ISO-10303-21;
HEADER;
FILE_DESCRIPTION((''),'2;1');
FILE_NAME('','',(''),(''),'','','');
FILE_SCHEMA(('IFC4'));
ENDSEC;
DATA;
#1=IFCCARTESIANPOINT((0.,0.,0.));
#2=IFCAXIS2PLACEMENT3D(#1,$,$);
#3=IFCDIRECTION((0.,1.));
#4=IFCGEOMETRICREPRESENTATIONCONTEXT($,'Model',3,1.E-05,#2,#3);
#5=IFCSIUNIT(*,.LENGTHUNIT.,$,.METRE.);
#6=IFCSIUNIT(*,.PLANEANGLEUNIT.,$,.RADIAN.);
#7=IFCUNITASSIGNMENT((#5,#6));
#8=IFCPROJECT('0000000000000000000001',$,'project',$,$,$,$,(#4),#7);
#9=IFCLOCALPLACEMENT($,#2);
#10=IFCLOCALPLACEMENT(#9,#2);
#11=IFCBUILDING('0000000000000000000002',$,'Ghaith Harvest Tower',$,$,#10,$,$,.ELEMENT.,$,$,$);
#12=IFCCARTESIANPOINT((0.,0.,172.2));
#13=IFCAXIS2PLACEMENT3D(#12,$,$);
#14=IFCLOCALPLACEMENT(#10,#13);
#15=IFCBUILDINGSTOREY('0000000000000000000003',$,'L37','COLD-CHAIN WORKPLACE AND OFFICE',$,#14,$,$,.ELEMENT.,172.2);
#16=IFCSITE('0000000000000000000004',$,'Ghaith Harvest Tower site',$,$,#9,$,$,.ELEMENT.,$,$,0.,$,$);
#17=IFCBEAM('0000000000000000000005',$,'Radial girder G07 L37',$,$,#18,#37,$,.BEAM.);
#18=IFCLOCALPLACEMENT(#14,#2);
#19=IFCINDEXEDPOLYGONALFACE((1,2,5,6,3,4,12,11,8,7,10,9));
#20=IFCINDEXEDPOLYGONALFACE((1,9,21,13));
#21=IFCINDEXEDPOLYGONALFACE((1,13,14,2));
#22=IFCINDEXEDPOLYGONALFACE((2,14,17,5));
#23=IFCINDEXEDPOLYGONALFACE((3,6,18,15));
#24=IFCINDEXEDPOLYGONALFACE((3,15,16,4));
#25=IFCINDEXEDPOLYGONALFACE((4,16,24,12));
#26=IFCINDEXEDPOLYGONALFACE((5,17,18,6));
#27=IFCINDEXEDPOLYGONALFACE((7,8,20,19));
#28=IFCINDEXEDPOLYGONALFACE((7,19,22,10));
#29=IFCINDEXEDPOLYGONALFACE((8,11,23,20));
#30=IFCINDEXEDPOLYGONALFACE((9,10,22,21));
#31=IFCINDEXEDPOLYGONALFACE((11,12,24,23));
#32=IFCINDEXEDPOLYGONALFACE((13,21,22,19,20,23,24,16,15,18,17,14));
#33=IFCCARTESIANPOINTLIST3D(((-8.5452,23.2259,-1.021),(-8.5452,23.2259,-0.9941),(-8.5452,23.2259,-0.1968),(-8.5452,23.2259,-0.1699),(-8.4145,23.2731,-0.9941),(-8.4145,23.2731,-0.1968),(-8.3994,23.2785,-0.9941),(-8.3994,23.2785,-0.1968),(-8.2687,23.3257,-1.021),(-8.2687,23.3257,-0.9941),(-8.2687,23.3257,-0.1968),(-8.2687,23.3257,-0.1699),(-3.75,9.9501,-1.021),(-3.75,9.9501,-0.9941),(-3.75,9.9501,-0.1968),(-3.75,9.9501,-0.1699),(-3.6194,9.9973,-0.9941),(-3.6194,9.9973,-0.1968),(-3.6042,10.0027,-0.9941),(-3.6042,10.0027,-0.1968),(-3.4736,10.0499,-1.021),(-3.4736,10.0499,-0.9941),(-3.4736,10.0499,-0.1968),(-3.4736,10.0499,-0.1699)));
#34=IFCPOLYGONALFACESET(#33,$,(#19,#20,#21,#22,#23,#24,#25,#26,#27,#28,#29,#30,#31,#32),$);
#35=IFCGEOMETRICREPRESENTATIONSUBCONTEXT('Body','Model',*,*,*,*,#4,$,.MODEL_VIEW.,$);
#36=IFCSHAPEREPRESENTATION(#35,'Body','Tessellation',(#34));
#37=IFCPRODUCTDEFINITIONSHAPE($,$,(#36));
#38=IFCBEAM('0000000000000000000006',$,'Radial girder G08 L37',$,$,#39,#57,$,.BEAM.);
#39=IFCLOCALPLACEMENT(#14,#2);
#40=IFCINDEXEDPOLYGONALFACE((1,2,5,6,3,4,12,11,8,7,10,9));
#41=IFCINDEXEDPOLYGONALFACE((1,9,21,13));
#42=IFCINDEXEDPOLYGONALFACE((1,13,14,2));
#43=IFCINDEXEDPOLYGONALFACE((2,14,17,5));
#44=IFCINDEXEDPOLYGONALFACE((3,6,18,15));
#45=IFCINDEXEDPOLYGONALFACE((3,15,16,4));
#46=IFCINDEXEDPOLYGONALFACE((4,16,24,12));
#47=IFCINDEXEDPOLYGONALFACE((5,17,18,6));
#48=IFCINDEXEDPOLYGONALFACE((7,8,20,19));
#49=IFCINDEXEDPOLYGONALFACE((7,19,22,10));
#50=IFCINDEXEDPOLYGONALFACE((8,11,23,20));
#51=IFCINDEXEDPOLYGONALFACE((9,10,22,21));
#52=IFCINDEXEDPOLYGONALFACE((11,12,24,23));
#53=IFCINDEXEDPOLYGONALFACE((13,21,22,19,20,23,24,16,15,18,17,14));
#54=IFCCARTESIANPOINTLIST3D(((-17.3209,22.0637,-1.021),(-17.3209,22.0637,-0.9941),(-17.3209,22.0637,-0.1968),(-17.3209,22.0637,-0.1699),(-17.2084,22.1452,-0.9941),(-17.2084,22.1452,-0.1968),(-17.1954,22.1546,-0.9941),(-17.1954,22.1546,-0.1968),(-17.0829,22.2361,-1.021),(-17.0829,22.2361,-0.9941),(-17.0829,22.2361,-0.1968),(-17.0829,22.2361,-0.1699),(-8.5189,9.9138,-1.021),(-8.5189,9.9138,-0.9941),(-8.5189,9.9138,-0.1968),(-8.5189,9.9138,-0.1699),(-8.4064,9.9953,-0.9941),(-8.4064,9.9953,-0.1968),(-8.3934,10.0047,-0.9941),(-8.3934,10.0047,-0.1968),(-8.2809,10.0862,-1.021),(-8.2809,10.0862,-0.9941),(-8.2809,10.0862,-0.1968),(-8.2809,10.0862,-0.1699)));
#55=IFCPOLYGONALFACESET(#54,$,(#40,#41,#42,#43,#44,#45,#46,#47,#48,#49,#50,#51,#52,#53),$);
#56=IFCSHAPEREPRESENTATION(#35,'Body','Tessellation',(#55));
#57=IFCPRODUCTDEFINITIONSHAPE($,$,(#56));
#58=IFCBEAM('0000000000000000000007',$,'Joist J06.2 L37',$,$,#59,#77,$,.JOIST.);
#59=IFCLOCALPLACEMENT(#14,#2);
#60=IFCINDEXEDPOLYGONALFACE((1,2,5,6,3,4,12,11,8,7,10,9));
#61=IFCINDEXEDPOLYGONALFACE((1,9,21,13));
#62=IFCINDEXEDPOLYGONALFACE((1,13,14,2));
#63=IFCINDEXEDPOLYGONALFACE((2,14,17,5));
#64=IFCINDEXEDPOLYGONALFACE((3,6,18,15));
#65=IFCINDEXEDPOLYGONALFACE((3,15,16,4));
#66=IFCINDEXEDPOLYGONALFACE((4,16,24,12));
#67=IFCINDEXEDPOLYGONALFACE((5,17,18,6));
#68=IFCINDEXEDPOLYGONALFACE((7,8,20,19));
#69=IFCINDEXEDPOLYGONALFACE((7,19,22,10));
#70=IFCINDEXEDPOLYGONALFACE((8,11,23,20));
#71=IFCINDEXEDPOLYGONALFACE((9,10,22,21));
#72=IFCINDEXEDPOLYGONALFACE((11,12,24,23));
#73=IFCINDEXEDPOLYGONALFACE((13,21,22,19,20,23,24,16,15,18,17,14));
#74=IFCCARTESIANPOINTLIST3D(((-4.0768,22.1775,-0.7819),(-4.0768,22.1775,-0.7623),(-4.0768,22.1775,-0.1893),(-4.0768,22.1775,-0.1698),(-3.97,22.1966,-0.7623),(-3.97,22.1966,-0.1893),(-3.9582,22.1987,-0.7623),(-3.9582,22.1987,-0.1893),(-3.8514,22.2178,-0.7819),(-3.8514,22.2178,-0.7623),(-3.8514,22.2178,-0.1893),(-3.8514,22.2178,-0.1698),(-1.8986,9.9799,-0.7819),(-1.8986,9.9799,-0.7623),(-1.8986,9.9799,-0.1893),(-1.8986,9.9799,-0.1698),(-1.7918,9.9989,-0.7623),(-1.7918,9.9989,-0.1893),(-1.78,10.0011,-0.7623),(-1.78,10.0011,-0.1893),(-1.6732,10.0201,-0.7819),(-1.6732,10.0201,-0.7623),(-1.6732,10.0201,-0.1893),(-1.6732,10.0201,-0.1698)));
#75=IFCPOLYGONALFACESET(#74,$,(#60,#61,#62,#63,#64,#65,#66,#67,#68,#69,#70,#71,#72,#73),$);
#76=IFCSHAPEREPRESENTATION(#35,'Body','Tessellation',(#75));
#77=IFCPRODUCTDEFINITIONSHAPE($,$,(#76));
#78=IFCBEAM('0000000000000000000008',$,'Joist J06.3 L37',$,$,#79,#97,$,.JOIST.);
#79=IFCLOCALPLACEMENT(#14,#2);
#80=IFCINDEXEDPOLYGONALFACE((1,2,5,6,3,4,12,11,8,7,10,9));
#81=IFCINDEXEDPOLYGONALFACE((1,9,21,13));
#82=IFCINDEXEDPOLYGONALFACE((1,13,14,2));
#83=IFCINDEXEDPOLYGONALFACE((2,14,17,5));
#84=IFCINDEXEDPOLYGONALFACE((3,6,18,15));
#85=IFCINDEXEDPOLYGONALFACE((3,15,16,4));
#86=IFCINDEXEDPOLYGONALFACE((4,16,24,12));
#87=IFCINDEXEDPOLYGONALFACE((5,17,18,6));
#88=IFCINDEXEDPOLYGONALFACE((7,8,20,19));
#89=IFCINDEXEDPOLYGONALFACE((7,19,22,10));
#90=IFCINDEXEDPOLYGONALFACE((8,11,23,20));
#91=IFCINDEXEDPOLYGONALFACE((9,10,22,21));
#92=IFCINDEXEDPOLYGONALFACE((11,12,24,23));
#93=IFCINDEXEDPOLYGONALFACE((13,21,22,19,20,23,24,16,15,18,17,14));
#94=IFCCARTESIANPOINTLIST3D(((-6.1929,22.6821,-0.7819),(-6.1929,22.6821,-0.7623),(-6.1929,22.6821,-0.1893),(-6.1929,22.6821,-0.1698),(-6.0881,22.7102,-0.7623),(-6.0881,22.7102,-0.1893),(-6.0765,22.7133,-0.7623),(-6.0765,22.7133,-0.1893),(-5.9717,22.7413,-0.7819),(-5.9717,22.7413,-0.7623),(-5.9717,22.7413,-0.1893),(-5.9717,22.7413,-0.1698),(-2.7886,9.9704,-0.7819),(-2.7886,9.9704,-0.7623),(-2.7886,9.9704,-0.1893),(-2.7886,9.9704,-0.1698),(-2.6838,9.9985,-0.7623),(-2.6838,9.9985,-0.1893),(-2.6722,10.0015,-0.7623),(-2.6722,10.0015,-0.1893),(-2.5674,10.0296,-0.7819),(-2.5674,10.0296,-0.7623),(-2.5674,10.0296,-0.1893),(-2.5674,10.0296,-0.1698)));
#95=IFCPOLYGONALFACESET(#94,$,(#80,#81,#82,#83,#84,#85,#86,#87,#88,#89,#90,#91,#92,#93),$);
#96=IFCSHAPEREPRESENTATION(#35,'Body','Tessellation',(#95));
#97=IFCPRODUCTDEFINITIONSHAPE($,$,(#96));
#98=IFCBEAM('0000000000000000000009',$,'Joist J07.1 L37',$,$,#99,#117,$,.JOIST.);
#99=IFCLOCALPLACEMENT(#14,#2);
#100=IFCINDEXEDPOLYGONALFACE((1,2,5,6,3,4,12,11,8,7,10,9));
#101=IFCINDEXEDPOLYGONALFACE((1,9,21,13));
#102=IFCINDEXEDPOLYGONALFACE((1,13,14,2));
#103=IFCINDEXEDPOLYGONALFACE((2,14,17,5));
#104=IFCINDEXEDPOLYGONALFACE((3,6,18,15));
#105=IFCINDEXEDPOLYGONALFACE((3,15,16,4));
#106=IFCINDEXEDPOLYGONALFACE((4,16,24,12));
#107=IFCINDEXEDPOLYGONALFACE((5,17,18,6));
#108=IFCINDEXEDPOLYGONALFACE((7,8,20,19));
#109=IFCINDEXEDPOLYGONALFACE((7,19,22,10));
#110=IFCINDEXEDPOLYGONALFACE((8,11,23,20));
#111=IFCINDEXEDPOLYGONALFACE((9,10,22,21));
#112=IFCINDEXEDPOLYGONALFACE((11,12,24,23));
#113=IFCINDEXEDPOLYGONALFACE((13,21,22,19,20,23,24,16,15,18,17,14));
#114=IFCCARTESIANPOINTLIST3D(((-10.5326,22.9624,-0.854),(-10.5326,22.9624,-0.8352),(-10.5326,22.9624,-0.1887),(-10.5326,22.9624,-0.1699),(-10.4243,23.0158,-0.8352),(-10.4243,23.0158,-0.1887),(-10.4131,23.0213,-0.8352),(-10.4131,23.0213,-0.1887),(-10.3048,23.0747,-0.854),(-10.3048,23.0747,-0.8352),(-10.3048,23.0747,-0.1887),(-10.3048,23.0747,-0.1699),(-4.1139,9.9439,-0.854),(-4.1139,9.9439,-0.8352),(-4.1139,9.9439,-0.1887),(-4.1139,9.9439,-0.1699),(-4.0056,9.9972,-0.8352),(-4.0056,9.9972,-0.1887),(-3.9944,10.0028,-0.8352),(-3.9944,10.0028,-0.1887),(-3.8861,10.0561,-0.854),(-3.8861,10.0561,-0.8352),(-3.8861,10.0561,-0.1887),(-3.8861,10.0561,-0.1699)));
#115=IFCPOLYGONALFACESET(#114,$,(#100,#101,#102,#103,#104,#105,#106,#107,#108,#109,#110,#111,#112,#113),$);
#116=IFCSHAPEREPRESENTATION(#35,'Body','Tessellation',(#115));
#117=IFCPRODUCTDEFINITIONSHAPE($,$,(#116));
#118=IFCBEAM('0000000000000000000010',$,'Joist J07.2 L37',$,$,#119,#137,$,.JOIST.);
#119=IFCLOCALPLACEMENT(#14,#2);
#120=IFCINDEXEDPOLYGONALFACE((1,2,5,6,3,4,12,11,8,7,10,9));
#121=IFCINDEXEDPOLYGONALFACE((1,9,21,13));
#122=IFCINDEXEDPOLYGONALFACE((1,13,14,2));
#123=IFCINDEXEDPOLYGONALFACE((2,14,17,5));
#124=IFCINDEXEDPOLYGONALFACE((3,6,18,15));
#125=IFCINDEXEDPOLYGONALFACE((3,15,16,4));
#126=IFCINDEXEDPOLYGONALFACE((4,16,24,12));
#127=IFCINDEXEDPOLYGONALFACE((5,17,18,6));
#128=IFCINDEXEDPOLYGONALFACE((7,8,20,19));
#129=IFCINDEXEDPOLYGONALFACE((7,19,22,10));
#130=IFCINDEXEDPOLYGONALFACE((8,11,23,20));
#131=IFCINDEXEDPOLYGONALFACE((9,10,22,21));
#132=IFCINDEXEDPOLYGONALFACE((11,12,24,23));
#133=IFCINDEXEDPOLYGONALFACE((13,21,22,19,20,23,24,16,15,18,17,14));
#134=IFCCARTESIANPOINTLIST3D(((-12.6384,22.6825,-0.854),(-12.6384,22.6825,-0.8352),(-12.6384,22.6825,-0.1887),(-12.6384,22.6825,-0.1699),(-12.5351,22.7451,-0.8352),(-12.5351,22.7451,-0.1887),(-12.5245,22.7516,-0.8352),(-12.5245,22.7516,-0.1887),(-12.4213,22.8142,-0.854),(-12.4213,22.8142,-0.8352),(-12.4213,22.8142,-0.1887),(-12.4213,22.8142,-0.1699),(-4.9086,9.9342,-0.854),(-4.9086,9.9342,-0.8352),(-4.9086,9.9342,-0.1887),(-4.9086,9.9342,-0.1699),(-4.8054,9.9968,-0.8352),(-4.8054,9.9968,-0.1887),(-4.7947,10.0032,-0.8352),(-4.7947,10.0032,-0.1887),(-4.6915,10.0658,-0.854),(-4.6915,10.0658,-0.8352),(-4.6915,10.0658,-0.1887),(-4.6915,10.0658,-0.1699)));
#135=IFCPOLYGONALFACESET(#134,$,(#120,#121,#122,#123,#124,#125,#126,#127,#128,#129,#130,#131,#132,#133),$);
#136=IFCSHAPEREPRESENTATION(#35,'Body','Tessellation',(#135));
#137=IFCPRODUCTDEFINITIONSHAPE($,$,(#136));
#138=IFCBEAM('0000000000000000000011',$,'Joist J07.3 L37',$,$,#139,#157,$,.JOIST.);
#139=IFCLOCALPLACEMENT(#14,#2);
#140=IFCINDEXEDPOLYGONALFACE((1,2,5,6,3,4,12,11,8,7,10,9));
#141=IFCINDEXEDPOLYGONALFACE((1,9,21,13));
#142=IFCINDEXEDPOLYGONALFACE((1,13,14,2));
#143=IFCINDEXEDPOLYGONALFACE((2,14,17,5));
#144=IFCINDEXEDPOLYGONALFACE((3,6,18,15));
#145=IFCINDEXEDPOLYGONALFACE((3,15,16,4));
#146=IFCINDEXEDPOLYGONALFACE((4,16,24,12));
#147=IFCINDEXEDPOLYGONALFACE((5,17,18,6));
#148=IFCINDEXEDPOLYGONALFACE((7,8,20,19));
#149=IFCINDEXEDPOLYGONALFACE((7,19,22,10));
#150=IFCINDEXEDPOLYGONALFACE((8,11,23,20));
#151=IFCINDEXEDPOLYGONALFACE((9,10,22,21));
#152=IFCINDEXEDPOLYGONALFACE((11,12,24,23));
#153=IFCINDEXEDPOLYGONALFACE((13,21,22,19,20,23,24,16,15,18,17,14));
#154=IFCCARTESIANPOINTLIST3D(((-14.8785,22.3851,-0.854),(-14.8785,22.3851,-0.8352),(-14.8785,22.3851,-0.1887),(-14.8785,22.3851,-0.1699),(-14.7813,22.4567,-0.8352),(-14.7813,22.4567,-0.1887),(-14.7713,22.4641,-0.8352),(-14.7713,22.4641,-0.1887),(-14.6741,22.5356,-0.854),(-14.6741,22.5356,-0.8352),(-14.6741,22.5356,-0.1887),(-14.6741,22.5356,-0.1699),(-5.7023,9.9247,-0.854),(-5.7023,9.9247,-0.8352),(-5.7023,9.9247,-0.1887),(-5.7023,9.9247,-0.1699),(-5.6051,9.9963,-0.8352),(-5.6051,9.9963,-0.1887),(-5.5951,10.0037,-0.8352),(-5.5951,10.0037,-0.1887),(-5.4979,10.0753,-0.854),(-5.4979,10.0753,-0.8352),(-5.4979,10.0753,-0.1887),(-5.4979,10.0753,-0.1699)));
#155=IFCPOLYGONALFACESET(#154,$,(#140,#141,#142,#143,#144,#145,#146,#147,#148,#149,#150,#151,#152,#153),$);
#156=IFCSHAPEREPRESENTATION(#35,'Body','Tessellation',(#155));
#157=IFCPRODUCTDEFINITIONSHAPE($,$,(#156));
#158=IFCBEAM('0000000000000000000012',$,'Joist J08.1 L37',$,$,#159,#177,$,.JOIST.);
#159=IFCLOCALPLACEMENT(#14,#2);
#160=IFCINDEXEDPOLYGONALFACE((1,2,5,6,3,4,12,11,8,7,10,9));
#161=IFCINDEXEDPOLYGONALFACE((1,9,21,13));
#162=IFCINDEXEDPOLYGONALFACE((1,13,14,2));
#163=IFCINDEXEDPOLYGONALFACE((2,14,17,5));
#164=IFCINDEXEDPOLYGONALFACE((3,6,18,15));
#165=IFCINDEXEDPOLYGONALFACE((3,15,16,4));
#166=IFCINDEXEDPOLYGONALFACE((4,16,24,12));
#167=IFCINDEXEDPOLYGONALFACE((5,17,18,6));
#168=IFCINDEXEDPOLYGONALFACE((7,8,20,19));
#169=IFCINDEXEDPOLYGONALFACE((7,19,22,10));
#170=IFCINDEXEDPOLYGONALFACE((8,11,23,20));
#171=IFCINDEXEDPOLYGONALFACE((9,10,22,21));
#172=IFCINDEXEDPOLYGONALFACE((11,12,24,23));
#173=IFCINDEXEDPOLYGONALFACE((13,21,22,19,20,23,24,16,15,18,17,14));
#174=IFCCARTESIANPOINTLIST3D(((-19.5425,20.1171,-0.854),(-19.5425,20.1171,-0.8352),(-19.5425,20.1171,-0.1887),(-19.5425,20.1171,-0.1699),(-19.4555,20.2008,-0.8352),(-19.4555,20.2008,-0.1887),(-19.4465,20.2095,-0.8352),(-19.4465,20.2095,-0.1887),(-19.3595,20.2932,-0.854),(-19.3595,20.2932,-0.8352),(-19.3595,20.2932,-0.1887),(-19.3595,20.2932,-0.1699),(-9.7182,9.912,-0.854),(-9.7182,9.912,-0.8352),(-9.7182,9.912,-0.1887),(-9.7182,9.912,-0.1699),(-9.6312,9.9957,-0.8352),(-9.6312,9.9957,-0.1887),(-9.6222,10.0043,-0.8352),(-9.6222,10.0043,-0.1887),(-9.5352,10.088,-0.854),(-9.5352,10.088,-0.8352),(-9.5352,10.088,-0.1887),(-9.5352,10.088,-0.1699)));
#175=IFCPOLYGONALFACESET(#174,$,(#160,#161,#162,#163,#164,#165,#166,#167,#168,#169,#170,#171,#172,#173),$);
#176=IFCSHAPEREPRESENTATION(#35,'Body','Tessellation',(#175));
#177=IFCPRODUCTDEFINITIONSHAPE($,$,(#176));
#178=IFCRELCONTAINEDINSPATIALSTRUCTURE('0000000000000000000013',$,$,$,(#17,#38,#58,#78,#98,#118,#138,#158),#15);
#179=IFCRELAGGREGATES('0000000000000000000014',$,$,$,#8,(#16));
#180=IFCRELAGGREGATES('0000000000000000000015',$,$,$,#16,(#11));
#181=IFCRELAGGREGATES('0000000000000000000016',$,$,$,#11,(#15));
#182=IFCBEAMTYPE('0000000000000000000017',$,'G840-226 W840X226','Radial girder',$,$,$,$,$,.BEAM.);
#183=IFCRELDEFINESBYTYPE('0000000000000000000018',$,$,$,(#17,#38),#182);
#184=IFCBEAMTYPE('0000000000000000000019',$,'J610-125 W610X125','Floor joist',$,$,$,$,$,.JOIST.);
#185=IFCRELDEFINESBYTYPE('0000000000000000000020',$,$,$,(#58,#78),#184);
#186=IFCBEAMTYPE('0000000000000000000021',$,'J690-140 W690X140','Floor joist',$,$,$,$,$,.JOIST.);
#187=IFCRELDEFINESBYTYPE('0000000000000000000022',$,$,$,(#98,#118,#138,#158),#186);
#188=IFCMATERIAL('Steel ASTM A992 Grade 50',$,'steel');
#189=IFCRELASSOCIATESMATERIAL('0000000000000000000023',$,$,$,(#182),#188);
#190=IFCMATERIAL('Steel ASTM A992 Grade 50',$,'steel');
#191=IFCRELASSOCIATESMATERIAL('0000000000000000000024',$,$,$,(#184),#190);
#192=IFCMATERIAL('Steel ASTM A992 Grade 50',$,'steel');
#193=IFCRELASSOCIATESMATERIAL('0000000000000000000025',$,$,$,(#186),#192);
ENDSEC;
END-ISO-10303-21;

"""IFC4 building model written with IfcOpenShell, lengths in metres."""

from ifc_helpers import new_model, si_unit, direction, frame, origin, origin_2d, place, context, subcontext, project, spatial, i_section, extrude, material, material_profile, profile_set, type_object, element, save


model = new_model("IFC4")

# Units and contexts
model_context = context("Model", 3, precision=1e-05, world=origin(), true_north=direction((0.0, 1.0)))
body_context = subcontext(model_context, "Body", "Model", "MODEL_VIEW")
ifc_project = project(units=[si_unit("LENGTHUNIT", "METRE"), si_unit("PLANEANGLEUNIT", "RADIAN")], contexts=[model_context])

# Site, building, storey
site_placement = place(None, origin())
site = spatial("IfcSite", under=ifc_project, at=site_placement, Name="Ghaith Harvest Tower site", CompositionType="ELEMENT", RefElevation=0.0)
building_placement = place(site_placement, origin())
building = spatial("IfcBuilding", under=site, at=building_placement, Name="Ghaith Harvest Tower", CompositionType="ELEMENT")
storey_placement = place(building_placement, frame((0.0, 0.0, 172.2)))
storey = spatial("IfcBuildingStorey", under=building, at=storey_placement, Name="L37", Description="COLD-CHAIN WORKPLACE AND OFFICE", CompositionType="ELEMENT", Elevation=172.2)

# Beams
ifc_material_1 = material(Name="Steel ASTM A992 Grade 50", Category="steel")
ifc_material_profile_1 = material_profile(ifc_material_1, i_section(OverallWidth=0.2939, OverallDepth=0.8511, WebThickness=0.0161, FlangeThickness=0.0269, at=origin_2d()), Name="W840X226")
ifc_profile_set_1 = profile_set([ifc_material_profile_1], Name="Steel ASTM A992 Grade 50")
beam_type_1 = type_object("IfcBeamType", Name="G840-226 W840X226", Description="Radial girder", PredefinedType="BEAM", material=ifc_profile_set_1)
beam_1_placement = place(storey_placement, frame((-3.6118, 10.0, -0.5955), z_axis=(-0.339713, 0.940529, 0.0), x_axis=(-0.940529, -0.339713, 0.0)))
element("IfcBeam", 1, at=beam_1_placement, inside=storey, type_object=beam_type_1, Name="Radial girder G07 L37", PredefinedType="BEAM", context=body_context, shape_type="SweptSolid", body=[
    extrude(i_section(OverallWidth=0.2939, OverallDepth=0.8511, WebThickness=0.0161, FlangeThickness=0.0269, at=origin_2d()), origin(), (0.0, 0.0, 1.0), 14.1152),
])
beam_2_placement = place(storey_placement, frame((-8.3999, 10.0, -0.5955), z_axis=(-0.586676, 0.809822, 0.0), x_axis=(-0.809822, -0.586676, 0.0)))
element("IfcBeam", 2, at=beam_2_placement, inside=storey, type_object=beam_type_1, Name="Radial girder G08 L37", PredefinedType="BEAM", context=body_context, shape_type="SweptSolid", body=[
    extrude(i_section(OverallWidth=0.2939, OverallDepth=0.8511, WebThickness=0.0161, FlangeThickness=0.0269, at=origin_2d()), origin(), (0.0, 0.0, 1.0), 15.0032),
])
ifc_material_2 = material(Name="Steel ASTM A992 Grade 50", Category="steel")
ifc_material_profile_2 = material_profile(ifc_material_2, i_section(OverallWidth=0.229, OverallDepth=0.6121, WebThickness=0.012, FlangeThickness=0.0195, at=origin_2d()), Name="W610X125")
ifc_profile_set_2 = profile_set([ifc_material_profile_2], Name="Steel ASTM A992 Grade 50")
beam_type_2 = type_object("IfcBeamType", Name="J610-125 W610X125", Description="Floor joist", PredefinedType="JOIST", material=ifc_profile_set_2)
beam_3_placement = place(storey_placement, frame((-1.7859, 10.0, -0.4758), z_axis=(-0.175795, 0.984427, 0.0), x_axis=(-0.984427, -0.175795, 0.0)))
element("IfcBeam", 3, at=beam_3_placement, inside=storey, type_object=beam_type_2, Name="Joist J06.2 L37", PredefinedType="JOIST", context=body_context, shape_type="SweptSolid", body=[
    extrude(i_section(OverallWidth=0.229, OverallDepth=0.6121, WebThickness=0.012, FlangeThickness=0.0195, at=origin_2d()), origin(), (0.0, 0.0, 1.0), 12.3906),
])
beam_4_placement = place(storey_placement, frame((-2.678, 10.0, -0.4758), z_axis=(-0.258693, 0.96596, 0.0), x_axis=(-0.96596, -0.258693, 0.0)))
element("IfcBeam", 4, at=beam_4_placement, inside=storey, type_object=beam_type_2, Name="Joist J06.3 L37", PredefinedType="JOIST", context=body_context, shape_type="SweptSolid", body=[
    extrude(i_section(OverallWidth=0.229, OverallDepth=0.6121, WebThickness=0.012, FlangeThickness=0.0195, at=origin_2d()), origin(), (0.0, 0.0, 1.0), 13.1597),
])
ifc_material_3 = material(Name="Steel ASTM A992 Grade 50", Category="steel")
ifc_material_profile_3 = material_profile(ifc_material_3, i_section(OverallWidth=0.2539, OverallDepth=0.6841, WebThickness=0.0125, FlangeThickness=0.0188, at=origin_2d()), Name="W690X140")
ifc_profile_set_3 = profile_set([ifc_material_profile_3], Name="Steel ASTM A992 Grade 50")
beam_type_3 = type_object("IfcBeamType", Name="J690-140 W690X140", Description="Floor joist", PredefinedType="JOIST", material=ifc_profile_set_3)
beam_5_placement = place(storey_placement, frame((-4.0, 10.0, -0.512), z_axis=(-0.442214, 0.896909, 0.0), x_axis=(-0.896909, -0.442214, 0.0)))
element("IfcBeam", 5, at=beam_5_placement, inside=storey, type_object=beam_type_3, Name="Joist J07.1 L37", PredefinedType="JOIST", context=body_context, shape_type="SweptSolid", body=[
    extrude(i_section(OverallWidth=0.2539, OverallDepth=0.6841, WebThickness=0.0125, FlangeThickness=0.0188, at=origin_2d()), origin(), (0.0, 0.0, 1.0), 14.5149),
])
beam_6_placement = place(storey_placement, frame((-4.8, 10.0, -0.512), z_axis=(-0.518473, 0.855094, 0.0), x_axis=(-0.855094, -0.518473, 0.0)))
element("IfcBeam", 6, at=beam_6_placement, inside=storey, type_object=beam_type_3, Name="Joist J07.2 L37", PredefinedType="JOIST", context=body_context, shape_type="SweptSolid", body=[
    extrude(i_section(OverallWidth=0.2539, OverallDepth=0.6841, WebThickness=0.0125, FlangeThickness=0.0188, at=origin_2d()), origin(), (0.0, 0.0, 1.0), 14.9087),
])
beam_7_placement = place(storey_placement, frame((-5.6001, 10.0, -0.512), z_axis=(-0.592985, 0.805214, 0.0), x_axis=(-0.805214, -0.592985, 0.0)))
element("IfcBeam", 7, at=beam_7_placement, inside=storey, type_object=beam_type_3, Name="Joist J07.3 L37", PredefinedType="JOIST", context=body_context, shape_type="SweptSolid", body=[
    extrude(i_section(OverallWidth=0.2539, OverallDepth=0.6841, WebThickness=0.0125, FlangeThickness=0.0188, at=origin_2d()), origin(), (0.0, 0.0, 1.0), 15.4746),
])
beam_8_placement = place(storey_placement, frame((-9.6267, 10.0, -0.512), z_axis=(-0.693536, 0.720422, 0.0), x_axis=(-0.720422, -0.693536, 0.0)))
element("IfcBeam", 8, at=beam_8_placement, inside=storey, type_object=beam_type_3, Name="Joist J08.1 L37", PredefinedType="JOIST", context=body_context, shape_type="SweptSolid", body=[
    extrude(i_section(OverallWidth=0.2539, OverallDepth=0.6841, WebThickness=0.0125, FlangeThickness=0.0188, at=origin_2d()), origin(), (0.0, 0.0, 1.0), 14.1655),
])

save(model, "model.ifc")
